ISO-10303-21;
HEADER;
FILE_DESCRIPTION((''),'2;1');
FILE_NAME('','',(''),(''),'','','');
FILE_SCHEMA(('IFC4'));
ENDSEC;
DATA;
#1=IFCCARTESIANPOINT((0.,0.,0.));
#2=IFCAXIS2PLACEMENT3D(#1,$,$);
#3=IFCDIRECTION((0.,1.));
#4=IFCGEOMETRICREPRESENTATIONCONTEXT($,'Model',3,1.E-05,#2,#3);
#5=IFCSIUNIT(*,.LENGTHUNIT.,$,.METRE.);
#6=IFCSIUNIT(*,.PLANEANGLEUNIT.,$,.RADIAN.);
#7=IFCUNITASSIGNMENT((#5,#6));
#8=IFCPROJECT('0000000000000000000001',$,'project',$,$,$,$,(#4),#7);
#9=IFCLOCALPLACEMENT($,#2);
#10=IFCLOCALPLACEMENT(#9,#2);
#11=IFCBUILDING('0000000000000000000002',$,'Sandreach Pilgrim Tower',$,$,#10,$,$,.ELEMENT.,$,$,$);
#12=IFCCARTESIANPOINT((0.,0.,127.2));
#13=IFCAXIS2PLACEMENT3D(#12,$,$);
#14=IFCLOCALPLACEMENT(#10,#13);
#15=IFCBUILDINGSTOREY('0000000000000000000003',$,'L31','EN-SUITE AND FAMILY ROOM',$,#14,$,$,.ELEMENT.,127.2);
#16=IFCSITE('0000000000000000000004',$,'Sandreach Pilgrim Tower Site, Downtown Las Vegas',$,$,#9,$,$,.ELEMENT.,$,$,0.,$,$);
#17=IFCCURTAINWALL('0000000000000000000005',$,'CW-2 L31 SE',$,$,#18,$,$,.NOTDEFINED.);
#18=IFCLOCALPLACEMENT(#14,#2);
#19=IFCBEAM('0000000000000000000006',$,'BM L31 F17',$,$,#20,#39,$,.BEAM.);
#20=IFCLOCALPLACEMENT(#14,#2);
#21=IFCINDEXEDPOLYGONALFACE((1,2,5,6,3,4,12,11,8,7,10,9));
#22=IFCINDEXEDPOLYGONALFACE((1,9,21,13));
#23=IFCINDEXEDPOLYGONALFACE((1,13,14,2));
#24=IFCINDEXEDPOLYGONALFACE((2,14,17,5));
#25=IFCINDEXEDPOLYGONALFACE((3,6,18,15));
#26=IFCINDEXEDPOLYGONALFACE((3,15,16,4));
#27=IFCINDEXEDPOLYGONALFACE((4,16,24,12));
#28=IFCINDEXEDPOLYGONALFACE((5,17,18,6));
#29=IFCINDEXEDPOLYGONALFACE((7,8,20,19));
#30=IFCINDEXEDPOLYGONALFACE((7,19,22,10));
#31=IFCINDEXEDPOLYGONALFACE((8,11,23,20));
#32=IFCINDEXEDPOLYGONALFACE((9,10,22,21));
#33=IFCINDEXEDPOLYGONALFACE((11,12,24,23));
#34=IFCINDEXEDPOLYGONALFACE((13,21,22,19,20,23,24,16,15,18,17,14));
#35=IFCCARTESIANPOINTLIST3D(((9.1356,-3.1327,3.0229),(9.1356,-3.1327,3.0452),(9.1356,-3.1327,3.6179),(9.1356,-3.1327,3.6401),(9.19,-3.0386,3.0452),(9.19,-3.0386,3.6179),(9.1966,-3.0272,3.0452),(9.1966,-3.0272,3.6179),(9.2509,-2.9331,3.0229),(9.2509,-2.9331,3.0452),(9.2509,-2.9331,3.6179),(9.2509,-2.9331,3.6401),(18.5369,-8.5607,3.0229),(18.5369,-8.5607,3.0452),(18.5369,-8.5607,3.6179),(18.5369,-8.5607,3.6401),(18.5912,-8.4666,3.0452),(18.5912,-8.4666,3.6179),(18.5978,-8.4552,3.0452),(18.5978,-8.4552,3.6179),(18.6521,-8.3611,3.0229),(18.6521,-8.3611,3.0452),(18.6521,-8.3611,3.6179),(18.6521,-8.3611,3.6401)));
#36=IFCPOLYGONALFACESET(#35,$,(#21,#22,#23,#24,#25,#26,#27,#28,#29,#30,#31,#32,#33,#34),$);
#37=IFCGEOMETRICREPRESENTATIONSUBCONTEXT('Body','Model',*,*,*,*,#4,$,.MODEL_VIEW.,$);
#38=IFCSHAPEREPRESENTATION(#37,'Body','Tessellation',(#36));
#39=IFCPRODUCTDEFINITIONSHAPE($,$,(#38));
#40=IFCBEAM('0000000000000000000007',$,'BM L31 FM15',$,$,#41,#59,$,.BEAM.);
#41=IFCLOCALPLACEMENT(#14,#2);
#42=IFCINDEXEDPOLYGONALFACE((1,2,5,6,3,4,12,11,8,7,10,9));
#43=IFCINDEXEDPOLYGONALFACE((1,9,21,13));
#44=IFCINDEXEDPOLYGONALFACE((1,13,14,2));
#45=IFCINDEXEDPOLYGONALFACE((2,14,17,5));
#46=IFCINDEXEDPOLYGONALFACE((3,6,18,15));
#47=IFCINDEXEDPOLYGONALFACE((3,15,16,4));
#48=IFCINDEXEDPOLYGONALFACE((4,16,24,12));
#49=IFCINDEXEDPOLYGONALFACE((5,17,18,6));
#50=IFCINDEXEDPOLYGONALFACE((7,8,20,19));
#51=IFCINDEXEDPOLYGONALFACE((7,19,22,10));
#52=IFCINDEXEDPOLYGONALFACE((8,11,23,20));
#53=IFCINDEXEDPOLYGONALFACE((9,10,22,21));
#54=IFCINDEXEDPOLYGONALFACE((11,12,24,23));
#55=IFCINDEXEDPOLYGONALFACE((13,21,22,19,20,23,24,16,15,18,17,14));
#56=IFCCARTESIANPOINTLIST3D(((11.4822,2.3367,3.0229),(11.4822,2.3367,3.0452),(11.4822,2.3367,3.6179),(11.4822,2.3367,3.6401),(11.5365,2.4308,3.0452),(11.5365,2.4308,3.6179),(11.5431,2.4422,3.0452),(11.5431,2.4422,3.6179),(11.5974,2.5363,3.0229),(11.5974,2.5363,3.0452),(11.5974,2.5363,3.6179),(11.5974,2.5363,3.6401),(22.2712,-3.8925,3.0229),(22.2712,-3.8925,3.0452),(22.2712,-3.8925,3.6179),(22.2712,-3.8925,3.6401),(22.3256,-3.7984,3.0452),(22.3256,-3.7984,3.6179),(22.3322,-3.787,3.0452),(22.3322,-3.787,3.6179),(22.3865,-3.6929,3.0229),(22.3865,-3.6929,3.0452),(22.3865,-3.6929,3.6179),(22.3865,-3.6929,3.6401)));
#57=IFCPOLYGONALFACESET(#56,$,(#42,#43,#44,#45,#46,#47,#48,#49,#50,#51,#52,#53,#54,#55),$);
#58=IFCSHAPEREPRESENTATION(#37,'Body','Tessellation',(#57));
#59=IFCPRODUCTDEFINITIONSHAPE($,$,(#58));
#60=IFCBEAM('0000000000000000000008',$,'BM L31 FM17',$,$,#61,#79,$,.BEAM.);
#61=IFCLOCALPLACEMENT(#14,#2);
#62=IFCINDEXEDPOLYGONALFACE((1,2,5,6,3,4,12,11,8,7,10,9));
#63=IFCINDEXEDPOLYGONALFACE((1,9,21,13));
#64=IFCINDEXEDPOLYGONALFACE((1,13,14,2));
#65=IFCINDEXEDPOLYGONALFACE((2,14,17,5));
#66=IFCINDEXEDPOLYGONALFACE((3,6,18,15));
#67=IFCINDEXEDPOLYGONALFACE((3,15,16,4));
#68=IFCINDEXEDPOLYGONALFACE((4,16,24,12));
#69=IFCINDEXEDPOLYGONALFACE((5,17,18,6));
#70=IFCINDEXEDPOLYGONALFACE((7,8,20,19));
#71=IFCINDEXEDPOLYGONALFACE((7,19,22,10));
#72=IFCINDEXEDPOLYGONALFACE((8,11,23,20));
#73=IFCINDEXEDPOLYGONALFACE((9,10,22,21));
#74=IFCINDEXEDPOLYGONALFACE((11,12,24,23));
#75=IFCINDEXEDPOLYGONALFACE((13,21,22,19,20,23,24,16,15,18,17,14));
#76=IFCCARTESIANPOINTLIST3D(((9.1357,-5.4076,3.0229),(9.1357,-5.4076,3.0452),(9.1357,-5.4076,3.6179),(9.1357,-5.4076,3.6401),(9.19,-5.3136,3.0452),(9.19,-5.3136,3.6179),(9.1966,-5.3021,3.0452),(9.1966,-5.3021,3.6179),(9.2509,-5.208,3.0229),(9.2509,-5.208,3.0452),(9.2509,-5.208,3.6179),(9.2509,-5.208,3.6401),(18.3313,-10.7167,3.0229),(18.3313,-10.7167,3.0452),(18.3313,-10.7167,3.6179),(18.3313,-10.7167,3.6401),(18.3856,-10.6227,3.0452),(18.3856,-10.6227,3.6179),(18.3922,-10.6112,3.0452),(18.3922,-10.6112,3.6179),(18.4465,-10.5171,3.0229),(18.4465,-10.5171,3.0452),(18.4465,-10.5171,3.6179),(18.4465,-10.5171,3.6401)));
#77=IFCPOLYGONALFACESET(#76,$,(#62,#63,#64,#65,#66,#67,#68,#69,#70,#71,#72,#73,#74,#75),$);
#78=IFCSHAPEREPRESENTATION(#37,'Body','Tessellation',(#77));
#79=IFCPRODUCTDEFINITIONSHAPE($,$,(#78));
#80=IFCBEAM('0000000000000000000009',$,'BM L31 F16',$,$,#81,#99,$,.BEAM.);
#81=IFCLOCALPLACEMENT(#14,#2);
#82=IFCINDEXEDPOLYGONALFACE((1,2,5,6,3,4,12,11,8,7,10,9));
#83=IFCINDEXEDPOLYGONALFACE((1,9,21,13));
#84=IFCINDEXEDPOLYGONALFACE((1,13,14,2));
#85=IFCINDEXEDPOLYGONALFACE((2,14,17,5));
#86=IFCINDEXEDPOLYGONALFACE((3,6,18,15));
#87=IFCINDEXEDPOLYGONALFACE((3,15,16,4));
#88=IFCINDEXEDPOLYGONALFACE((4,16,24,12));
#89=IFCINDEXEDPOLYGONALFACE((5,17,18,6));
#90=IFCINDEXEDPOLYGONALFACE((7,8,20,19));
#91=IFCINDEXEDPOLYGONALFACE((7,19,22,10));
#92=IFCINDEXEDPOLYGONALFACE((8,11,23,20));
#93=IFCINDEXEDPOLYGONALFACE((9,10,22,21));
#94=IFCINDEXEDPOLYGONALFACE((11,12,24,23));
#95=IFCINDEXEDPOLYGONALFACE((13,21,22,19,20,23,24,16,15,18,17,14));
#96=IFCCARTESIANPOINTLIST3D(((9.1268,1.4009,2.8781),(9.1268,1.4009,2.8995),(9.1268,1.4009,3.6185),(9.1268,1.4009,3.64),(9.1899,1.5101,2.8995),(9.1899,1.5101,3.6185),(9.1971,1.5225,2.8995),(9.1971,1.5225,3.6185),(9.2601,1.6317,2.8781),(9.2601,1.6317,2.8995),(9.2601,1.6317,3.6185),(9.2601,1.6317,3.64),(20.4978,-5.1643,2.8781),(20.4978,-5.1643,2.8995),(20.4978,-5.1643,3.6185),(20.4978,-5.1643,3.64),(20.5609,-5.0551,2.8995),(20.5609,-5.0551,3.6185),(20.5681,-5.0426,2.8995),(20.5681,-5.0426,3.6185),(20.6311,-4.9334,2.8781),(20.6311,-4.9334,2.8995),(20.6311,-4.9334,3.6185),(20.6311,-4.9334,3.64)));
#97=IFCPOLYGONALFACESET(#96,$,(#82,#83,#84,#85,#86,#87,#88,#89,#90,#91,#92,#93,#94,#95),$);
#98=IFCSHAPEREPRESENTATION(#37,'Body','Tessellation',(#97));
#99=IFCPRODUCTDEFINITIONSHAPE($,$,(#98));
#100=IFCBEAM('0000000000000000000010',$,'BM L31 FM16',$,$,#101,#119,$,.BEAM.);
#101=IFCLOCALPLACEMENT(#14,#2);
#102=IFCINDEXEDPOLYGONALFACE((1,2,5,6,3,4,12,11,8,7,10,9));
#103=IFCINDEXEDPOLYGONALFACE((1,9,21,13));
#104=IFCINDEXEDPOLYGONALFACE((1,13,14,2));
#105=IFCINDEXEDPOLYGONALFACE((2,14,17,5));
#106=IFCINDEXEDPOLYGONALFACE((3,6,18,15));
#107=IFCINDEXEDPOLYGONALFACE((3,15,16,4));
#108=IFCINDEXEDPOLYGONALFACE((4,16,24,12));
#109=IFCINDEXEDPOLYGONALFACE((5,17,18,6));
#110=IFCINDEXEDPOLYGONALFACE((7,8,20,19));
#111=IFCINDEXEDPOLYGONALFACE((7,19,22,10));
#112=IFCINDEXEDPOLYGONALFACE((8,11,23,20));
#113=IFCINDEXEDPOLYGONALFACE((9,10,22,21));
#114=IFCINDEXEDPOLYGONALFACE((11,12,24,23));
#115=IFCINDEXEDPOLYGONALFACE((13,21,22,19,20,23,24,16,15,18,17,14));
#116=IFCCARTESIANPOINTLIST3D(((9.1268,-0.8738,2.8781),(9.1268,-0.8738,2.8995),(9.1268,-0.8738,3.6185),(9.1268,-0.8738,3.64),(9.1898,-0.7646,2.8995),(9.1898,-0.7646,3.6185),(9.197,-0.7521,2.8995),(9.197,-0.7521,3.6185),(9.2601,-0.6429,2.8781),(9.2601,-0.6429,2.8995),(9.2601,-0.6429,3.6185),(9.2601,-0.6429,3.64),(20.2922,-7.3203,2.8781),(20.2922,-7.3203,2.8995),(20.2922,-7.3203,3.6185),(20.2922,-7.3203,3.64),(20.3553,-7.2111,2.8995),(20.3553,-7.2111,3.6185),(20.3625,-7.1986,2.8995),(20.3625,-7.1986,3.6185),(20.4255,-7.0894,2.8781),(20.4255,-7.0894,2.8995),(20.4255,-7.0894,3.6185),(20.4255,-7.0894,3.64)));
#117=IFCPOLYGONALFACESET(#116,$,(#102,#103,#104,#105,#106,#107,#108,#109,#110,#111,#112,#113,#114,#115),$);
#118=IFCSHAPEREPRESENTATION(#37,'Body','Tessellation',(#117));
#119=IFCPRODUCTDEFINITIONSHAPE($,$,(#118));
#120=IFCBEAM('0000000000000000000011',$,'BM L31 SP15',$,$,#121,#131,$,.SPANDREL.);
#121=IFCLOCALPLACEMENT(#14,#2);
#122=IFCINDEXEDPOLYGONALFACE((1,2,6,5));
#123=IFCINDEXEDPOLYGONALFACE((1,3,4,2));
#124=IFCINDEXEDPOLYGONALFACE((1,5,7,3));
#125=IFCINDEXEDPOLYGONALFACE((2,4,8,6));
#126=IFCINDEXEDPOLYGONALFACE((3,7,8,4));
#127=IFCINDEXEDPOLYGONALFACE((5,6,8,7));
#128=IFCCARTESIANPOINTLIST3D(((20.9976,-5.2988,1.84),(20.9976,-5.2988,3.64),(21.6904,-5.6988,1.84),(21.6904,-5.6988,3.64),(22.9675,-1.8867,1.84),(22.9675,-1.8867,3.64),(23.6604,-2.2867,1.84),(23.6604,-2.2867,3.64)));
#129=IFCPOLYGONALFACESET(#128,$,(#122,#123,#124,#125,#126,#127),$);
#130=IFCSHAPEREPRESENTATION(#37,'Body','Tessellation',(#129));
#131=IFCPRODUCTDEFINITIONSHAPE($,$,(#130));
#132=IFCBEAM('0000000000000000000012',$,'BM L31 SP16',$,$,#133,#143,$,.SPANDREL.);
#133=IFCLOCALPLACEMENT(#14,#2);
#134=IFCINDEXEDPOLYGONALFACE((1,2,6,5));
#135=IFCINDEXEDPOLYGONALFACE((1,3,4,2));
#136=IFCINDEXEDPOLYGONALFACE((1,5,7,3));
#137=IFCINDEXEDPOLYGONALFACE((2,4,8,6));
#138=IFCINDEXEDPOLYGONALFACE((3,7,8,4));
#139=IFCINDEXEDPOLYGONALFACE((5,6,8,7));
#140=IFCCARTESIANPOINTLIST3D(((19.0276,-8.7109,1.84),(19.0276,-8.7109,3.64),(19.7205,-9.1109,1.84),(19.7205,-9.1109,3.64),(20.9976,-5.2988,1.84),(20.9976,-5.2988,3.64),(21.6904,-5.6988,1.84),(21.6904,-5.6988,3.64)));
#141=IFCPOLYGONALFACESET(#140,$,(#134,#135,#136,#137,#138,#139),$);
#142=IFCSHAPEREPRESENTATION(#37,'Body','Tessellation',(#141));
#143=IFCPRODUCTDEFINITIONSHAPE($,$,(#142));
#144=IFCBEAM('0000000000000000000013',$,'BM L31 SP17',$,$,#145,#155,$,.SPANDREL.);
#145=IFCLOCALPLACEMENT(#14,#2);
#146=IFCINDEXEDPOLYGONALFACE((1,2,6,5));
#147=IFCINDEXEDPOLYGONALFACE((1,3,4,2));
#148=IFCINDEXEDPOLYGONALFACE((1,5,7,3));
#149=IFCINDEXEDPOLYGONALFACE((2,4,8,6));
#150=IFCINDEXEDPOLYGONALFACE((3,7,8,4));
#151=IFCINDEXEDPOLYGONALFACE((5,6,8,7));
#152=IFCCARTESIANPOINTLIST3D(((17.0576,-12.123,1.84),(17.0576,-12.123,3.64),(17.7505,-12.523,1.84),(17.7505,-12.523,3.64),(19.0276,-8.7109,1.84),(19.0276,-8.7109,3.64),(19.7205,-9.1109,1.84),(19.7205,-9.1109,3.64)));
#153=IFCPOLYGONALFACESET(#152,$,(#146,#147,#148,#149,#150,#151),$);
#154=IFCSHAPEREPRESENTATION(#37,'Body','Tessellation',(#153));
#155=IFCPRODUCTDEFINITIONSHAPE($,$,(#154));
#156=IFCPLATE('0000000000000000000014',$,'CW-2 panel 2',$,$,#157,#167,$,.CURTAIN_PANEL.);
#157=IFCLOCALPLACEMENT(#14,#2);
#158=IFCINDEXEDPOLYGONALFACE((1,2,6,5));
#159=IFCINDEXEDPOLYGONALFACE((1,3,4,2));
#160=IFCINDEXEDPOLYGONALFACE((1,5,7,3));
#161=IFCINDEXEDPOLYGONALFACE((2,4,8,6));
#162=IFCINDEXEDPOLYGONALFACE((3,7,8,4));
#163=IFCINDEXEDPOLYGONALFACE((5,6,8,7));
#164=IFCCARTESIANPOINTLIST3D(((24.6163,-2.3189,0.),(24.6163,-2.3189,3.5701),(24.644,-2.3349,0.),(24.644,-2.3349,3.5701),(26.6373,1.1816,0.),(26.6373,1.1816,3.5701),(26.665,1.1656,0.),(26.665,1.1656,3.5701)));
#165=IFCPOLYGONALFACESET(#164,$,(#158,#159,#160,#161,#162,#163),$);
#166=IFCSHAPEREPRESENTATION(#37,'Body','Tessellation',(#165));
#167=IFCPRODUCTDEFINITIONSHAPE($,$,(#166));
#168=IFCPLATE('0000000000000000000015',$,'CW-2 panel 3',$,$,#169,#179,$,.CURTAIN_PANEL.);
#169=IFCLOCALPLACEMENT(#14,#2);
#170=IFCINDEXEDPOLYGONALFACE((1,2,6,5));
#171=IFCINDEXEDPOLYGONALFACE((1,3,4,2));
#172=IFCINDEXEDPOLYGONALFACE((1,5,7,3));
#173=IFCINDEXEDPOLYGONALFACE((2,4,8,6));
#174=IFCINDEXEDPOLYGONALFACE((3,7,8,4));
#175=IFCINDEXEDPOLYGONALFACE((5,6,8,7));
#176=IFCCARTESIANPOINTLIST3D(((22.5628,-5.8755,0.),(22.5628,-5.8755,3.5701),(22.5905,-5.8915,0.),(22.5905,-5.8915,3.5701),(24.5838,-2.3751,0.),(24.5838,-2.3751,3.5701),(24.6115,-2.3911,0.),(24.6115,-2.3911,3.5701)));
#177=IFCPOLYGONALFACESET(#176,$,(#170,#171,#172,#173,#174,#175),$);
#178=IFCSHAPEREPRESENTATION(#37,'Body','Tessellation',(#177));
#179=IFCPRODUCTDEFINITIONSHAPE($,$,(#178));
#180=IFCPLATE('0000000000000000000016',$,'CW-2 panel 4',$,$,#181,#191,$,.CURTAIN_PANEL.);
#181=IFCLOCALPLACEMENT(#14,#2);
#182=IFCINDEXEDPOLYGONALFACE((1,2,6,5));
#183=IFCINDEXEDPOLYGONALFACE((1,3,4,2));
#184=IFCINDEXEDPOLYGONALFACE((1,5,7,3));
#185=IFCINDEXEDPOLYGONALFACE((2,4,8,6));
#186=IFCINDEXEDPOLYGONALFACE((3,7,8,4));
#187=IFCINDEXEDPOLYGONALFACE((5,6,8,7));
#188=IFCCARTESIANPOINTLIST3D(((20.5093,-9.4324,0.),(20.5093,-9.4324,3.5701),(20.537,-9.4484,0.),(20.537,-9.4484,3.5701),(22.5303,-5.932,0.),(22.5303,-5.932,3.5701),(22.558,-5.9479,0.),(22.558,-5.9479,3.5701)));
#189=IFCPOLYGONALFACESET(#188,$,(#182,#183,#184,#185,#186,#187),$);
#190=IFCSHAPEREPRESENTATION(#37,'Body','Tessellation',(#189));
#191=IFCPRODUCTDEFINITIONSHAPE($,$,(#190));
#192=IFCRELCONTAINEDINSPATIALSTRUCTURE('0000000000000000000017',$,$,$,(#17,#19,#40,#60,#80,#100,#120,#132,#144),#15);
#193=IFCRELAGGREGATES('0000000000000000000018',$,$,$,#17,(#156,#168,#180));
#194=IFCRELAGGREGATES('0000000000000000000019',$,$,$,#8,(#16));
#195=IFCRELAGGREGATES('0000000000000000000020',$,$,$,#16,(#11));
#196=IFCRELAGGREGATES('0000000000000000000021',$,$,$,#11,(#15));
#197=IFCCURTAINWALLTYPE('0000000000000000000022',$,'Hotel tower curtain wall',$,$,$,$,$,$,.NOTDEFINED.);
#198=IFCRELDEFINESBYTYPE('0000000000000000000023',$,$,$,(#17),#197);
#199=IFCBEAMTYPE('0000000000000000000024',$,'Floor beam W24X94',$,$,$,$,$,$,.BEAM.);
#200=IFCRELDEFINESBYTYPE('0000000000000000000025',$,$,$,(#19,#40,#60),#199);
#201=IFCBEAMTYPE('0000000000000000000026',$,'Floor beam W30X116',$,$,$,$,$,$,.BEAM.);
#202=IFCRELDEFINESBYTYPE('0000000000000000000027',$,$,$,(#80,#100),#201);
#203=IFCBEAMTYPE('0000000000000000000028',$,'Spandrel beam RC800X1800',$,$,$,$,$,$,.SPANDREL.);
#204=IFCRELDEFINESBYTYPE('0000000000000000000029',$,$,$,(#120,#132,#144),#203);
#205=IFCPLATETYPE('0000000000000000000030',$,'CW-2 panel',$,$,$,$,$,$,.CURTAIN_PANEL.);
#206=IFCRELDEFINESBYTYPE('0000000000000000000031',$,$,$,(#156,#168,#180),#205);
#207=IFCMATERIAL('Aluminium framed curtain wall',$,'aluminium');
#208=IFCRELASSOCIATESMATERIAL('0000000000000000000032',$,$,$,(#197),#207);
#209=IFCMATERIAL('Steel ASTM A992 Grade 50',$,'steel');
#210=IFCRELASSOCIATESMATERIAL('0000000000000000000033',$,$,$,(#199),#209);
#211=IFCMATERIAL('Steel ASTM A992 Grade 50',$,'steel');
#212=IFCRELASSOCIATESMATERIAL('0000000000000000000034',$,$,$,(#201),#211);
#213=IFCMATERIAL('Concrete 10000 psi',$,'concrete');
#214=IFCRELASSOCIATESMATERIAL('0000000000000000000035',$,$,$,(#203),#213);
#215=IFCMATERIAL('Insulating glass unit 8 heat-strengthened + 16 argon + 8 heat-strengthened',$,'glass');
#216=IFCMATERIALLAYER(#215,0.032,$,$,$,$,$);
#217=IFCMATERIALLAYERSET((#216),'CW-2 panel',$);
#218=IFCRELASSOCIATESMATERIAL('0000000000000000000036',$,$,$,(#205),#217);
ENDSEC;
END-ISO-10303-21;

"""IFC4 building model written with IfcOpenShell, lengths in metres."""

from ifc_helpers import new_model, si_unit, direction, frame, origin, origin_2d, place, context, subcontext, project, spatial, rectangle, i_section, extrude, material, layer, layer_set, material_profile, profile_set, type_object, element, aggregate, save


model = new_model("IFC4")

# Units and contexts
model_context = context("Model", 3, precision=1e-05, world=origin(), true_north=direction((0.0, 1.0)))
body_context = subcontext(model_context, "Body", "Model", "MODEL_VIEW")
ifc_project = project(units=[si_unit("LENGTHUNIT", "METRE"), si_unit("PLANEANGLEUNIT", "RADIAN")], contexts=[model_context])

# Site, building, storey
site_placement = place(None, origin())
site = spatial("IfcSite", under=ifc_project, at=site_placement, Name="Sandreach Pilgrim Tower Site, Downtown Las Vegas", CompositionType="ELEMENT", RefElevation=0.0)
building_placement = place(site_placement, origin())
building = spatial("IfcBuilding", under=site, at=building_placement, Name="Sandreach Pilgrim Tower", CompositionType="ELEMENT")
storey_placement = place(building_placement, frame((0.0, 0.0, 127.2)))
storey = spatial("IfcBuildingStorey", under=building, at=storey_placement, Name="L31", Description="EN-SUITE AND FAMILY ROOM", CompositionType="ELEMENT", Elevation=127.2)

# Curtain wall
ifc_material_1 = material(Name="Aluminium framed curtain wall", Category="aluminium")
curtain_wall_type = type_object("IfcCurtainWallType", Name="Hotel tower curtain wall", PredefinedType="NOTDEFINED", material=ifc_material_1)
curtain_wall_placement = place(storey_placement, origin())
curtain_wall = element("IfcCurtainWall", 1, at=curtain_wall_placement, inside=storey, type_object=curtain_wall_type, Name="CW-2 L31 SE", PredefinedType="NOTDEFINED")

# Beams
ifc_material_2 = material(Name="Steel ASTM A992 Grade 50", Category="steel")
ifc_material_profile_1 = material_profile(ifc_material_2, i_section(OverallWidth=0.2305, OverallDepth=0.6172, WebThickness=0.0132, FlangeThickness=0.0222, at=origin_2d()), Name="W24X94")
ifc_profile_set_1 = profile_set([ifc_material_profile_1], Name="Steel ASTM A992 Grade 50")
beam_type_1 = type_object("IfcBeamType", Name="Floor beam W24X94", PredefinedType="BEAM", material=ifc_profile_set_1)
beam_1_placement = place(storey_placement, frame((18.5945, -8.4609, 3.3315), z_axis=(-0.866016, 0.500016, 0.0), x_axis=(-0.500016, -0.866016, 0.0)))
element("IfcBeam", 2, at=beam_1_placement, inside=storey, type_object=beam_type_1, Name="BM L31 F17", PredefinedType="BEAM", context=body_context, shape_type="SweptSolid", body=[
    extrude(i_section(OverallWidth=0.2305, OverallDepth=0.6172, WebThickness=0.0132, FlangeThickness=0.0222, at=origin_2d()), origin(), (0.0, 0.0, 1.0), 10.8557),
])
beam_2_placement = place(storey_placement, frame((22.3289, -3.7927, 3.3315), z_axis=(-0.866019, 0.500011, 0.0), x_axis=(-0.500011, -0.866019, 0.0)))
element("IfcBeam", 3, at=beam_2_placement, inside=storey, type_object=beam_type_1, Name="BM L31 FM15", PredefinedType="BEAM", context=body_context, shape_type="SweptSolid", body=[
    extrude(i_section(OverallWidth=0.2305, OverallDepth=0.6172, WebThickness=0.0132, FlangeThickness=0.0222, at=origin_2d()), origin(), (0.0, 0.0, 1.0), 12.4583),
])
beam_3_placement = place(storey_placement, frame((18.3889, -10.6169, 3.3315), z_axis=(-0.866024, 0.500002, 0.0), x_axis=(-0.500002, -0.866024, 0.0)))
element("IfcBeam", 4, at=beam_3_placement, inside=storey, type_object=beam_type_1, Name="BM L31 FM17", PredefinedType="BEAM", context=body_context, shape_type="SweptSolid", body=[
    extrude(i_section(OverallWidth=0.2305, OverallDepth=0.6172, WebThickness=0.0132, FlangeThickness=0.0222, at=origin_2d()), origin(), (0.0, 0.0, 1.0), 10.6182),
])
ifc_material_3 = material(Name="Steel ASTM A992 Grade 50", Category="steel")
ifc_material_profile_2 = material_profile(ifc_material_3, i_section(OverallWidth=0.2666, OverallDepth=0.762, WebThickness=0.0144, FlangeThickness=0.0215, at=origin_2d()), Name="W30X116")
ifc_profile_set_2 = profile_set([ifc_material_profile_2], Name="Steel ASTM A992 Grade 50")
beam_type_2 = type_object("IfcBeamType", Name="Floor beam W30X116", PredefinedType="BEAM", material=ifc_profile_set_2)
beam_4_placement = place(storey_placement, frame((20.5645, -5.0488, 3.259), z_axis=(-0.866023, 0.500005, 0.0), x_axis=(-0.500005, -0.866023, 0.0)))
element("IfcBeam", 5, at=beam_4_placement, inside=storey, type_object=beam_type_2, Name="BM L31 F16", PredefinedType="BEAM", context=body_context, shape_type="SweptSolid", body=[
    extrude(i_section(OverallWidth=0.2666, OverallDepth=0.762, WebThickness=0.0144, FlangeThickness=0.0215, at=origin_2d()), origin(), (0.0, 0.0, 1.0), 13.1301),
])
beam_5_placement = place(storey_placement, frame((20.3589, -7.2048, 3.259), z_axis=(-0.866022, 0.500007, 0.0), x_axis=(-0.500007, -0.866022, 0.0)))
element("IfcBeam", 6, at=beam_5_placement, inside=storey, type_object=beam_type_2, Name="BM L31 FM16", PredefinedType="BEAM", context=body_context, shape_type="SweptSolid", body=[
    extrude(i_section(OverallWidth=0.2666, OverallDepth=0.762, WebThickness=0.0144, FlangeThickness=0.0215, at=origin_2d()), origin(), (0.0, 0.0, 1.0), 12.8928),
])
ifc_material_4 = material(Name="Concrete 10000 psi", Category="concrete")
ifc_material_profile_3 = material_profile(ifc_material_4, rectangle(XDim=0.8, YDim=1.8, at=origin_2d()), Name="RC800X1800")
ifc_profile_set_3 = profile_set([ifc_material_profile_3], Name="Concrete 10000 psi")
beam_type_3 = type_object("IfcBeamType", Name="Spandrel beam RC800X1800", PredefinedType="SPANDREL", material=ifc_profile_set_3)
for number, where, z_axis, x_axis, name in (
    (7, (23.314, -2.0867, 2.74), (-0.499998, -0.866027, 0.0), (0.866027, -0.499998, 0.0), "BM L31 SP15"),
    (8, (21.344, -5.4988, 2.74), (-0.499998, -0.866027, 0.0), (0.866027, -0.499998, 0.0), "BM L31 SP16"),
    (9, (19.374, -8.9109, 2.74), (-0.499998, -0.866027, 0.0), (0.866027, -0.499998, 0.0), "BM L31 SP17"),
):
    element("IfcBeam", number, at=place(storey_placement, frame(where, z_axis=z_axis, x_axis=x_axis)), inside=storey, type_object=beam_type_3, Name=name, PredefinedType="SPANDREL", context=body_context, shape_type="SweptSolid", body=[
        extrude(rectangle(XDim=0.8, YDim=1.8, at=origin_2d()), origin(), (0.0, 0.0, 1.0), 3.9399),
    ])

# Plates
ifc_material_5 = material(Name="Insulating glass unit 8 heat-strengthened + 16 argon + 8 heat-strengthened", Category="glass")
ifc_layer_1 = layer(ifc_material_5, 0.032)
ifc_layer_set_1 = layer_set([ifc_layer_1], Name="CW-2 panel")
plate_type = type_object("IfcPlateType", Name="CW-2 panel", PredefinedType="CURTAIN_PANEL", material=ifc_layer_set_1)
plate_1_placement = place(storey_placement, frame((25.6406, -0.5767, 0.0), z_axis=(0.0, 0.0, 1.0), x_axis=(-0.5, -0.866025, 0.0)))
plate_1 = element("IfcPlate", 10, at=plate_1_placement, type_object=plate_type, Name="CW-2 panel 2", PredefinedType="CURTAIN_PANEL", context=body_context, shape_type="SweptSolid", body=[
    extrude(rectangle(XDim=4.042, YDim=0.032, at=origin_2d()), origin(), (0.0, 0.0, 1.0), 3.5701),
])
plate_2_placement = place(storey_placement, frame((23.5872, -4.1333, 0.0), z_axis=(0.0, 0.0, 1.0), x_axis=(-0.5, -0.866025, 0.0)))
plate_2 = element("IfcPlate", 11, at=plate_2_placement, type_object=plate_type, Name="CW-2 panel 3", PredefinedType="CURTAIN_PANEL", context=body_context, shape_type="SweptSolid", body=[
    extrude(rectangle(XDim=4.042, YDim=0.032, at=origin_2d()), origin(), (0.0, 0.0, 1.0), 3.5701),
])
plate_3_placement = place(storey_placement, frame((21.5337, -7.6902, 0.0), z_axis=(0.0, 0.0, 1.0), x_axis=(-0.5, -0.866025, 0.0)))
plate_3 = element("IfcPlate", 12, at=plate_3_placement, type_object=plate_type, Name="CW-2 panel 4", PredefinedType="CURTAIN_PANEL", context=body_context, shape_type="SweptSolid", body=[
    extrude(rectangle(XDim=4.042, YDim=0.032, at=origin_2d()), origin(), (0.0, 0.0, 1.0), 3.5701),
])
aggregate(curtain_wall, [plate_1, plate_2, plate_3])

save(model, "model.ifc")
